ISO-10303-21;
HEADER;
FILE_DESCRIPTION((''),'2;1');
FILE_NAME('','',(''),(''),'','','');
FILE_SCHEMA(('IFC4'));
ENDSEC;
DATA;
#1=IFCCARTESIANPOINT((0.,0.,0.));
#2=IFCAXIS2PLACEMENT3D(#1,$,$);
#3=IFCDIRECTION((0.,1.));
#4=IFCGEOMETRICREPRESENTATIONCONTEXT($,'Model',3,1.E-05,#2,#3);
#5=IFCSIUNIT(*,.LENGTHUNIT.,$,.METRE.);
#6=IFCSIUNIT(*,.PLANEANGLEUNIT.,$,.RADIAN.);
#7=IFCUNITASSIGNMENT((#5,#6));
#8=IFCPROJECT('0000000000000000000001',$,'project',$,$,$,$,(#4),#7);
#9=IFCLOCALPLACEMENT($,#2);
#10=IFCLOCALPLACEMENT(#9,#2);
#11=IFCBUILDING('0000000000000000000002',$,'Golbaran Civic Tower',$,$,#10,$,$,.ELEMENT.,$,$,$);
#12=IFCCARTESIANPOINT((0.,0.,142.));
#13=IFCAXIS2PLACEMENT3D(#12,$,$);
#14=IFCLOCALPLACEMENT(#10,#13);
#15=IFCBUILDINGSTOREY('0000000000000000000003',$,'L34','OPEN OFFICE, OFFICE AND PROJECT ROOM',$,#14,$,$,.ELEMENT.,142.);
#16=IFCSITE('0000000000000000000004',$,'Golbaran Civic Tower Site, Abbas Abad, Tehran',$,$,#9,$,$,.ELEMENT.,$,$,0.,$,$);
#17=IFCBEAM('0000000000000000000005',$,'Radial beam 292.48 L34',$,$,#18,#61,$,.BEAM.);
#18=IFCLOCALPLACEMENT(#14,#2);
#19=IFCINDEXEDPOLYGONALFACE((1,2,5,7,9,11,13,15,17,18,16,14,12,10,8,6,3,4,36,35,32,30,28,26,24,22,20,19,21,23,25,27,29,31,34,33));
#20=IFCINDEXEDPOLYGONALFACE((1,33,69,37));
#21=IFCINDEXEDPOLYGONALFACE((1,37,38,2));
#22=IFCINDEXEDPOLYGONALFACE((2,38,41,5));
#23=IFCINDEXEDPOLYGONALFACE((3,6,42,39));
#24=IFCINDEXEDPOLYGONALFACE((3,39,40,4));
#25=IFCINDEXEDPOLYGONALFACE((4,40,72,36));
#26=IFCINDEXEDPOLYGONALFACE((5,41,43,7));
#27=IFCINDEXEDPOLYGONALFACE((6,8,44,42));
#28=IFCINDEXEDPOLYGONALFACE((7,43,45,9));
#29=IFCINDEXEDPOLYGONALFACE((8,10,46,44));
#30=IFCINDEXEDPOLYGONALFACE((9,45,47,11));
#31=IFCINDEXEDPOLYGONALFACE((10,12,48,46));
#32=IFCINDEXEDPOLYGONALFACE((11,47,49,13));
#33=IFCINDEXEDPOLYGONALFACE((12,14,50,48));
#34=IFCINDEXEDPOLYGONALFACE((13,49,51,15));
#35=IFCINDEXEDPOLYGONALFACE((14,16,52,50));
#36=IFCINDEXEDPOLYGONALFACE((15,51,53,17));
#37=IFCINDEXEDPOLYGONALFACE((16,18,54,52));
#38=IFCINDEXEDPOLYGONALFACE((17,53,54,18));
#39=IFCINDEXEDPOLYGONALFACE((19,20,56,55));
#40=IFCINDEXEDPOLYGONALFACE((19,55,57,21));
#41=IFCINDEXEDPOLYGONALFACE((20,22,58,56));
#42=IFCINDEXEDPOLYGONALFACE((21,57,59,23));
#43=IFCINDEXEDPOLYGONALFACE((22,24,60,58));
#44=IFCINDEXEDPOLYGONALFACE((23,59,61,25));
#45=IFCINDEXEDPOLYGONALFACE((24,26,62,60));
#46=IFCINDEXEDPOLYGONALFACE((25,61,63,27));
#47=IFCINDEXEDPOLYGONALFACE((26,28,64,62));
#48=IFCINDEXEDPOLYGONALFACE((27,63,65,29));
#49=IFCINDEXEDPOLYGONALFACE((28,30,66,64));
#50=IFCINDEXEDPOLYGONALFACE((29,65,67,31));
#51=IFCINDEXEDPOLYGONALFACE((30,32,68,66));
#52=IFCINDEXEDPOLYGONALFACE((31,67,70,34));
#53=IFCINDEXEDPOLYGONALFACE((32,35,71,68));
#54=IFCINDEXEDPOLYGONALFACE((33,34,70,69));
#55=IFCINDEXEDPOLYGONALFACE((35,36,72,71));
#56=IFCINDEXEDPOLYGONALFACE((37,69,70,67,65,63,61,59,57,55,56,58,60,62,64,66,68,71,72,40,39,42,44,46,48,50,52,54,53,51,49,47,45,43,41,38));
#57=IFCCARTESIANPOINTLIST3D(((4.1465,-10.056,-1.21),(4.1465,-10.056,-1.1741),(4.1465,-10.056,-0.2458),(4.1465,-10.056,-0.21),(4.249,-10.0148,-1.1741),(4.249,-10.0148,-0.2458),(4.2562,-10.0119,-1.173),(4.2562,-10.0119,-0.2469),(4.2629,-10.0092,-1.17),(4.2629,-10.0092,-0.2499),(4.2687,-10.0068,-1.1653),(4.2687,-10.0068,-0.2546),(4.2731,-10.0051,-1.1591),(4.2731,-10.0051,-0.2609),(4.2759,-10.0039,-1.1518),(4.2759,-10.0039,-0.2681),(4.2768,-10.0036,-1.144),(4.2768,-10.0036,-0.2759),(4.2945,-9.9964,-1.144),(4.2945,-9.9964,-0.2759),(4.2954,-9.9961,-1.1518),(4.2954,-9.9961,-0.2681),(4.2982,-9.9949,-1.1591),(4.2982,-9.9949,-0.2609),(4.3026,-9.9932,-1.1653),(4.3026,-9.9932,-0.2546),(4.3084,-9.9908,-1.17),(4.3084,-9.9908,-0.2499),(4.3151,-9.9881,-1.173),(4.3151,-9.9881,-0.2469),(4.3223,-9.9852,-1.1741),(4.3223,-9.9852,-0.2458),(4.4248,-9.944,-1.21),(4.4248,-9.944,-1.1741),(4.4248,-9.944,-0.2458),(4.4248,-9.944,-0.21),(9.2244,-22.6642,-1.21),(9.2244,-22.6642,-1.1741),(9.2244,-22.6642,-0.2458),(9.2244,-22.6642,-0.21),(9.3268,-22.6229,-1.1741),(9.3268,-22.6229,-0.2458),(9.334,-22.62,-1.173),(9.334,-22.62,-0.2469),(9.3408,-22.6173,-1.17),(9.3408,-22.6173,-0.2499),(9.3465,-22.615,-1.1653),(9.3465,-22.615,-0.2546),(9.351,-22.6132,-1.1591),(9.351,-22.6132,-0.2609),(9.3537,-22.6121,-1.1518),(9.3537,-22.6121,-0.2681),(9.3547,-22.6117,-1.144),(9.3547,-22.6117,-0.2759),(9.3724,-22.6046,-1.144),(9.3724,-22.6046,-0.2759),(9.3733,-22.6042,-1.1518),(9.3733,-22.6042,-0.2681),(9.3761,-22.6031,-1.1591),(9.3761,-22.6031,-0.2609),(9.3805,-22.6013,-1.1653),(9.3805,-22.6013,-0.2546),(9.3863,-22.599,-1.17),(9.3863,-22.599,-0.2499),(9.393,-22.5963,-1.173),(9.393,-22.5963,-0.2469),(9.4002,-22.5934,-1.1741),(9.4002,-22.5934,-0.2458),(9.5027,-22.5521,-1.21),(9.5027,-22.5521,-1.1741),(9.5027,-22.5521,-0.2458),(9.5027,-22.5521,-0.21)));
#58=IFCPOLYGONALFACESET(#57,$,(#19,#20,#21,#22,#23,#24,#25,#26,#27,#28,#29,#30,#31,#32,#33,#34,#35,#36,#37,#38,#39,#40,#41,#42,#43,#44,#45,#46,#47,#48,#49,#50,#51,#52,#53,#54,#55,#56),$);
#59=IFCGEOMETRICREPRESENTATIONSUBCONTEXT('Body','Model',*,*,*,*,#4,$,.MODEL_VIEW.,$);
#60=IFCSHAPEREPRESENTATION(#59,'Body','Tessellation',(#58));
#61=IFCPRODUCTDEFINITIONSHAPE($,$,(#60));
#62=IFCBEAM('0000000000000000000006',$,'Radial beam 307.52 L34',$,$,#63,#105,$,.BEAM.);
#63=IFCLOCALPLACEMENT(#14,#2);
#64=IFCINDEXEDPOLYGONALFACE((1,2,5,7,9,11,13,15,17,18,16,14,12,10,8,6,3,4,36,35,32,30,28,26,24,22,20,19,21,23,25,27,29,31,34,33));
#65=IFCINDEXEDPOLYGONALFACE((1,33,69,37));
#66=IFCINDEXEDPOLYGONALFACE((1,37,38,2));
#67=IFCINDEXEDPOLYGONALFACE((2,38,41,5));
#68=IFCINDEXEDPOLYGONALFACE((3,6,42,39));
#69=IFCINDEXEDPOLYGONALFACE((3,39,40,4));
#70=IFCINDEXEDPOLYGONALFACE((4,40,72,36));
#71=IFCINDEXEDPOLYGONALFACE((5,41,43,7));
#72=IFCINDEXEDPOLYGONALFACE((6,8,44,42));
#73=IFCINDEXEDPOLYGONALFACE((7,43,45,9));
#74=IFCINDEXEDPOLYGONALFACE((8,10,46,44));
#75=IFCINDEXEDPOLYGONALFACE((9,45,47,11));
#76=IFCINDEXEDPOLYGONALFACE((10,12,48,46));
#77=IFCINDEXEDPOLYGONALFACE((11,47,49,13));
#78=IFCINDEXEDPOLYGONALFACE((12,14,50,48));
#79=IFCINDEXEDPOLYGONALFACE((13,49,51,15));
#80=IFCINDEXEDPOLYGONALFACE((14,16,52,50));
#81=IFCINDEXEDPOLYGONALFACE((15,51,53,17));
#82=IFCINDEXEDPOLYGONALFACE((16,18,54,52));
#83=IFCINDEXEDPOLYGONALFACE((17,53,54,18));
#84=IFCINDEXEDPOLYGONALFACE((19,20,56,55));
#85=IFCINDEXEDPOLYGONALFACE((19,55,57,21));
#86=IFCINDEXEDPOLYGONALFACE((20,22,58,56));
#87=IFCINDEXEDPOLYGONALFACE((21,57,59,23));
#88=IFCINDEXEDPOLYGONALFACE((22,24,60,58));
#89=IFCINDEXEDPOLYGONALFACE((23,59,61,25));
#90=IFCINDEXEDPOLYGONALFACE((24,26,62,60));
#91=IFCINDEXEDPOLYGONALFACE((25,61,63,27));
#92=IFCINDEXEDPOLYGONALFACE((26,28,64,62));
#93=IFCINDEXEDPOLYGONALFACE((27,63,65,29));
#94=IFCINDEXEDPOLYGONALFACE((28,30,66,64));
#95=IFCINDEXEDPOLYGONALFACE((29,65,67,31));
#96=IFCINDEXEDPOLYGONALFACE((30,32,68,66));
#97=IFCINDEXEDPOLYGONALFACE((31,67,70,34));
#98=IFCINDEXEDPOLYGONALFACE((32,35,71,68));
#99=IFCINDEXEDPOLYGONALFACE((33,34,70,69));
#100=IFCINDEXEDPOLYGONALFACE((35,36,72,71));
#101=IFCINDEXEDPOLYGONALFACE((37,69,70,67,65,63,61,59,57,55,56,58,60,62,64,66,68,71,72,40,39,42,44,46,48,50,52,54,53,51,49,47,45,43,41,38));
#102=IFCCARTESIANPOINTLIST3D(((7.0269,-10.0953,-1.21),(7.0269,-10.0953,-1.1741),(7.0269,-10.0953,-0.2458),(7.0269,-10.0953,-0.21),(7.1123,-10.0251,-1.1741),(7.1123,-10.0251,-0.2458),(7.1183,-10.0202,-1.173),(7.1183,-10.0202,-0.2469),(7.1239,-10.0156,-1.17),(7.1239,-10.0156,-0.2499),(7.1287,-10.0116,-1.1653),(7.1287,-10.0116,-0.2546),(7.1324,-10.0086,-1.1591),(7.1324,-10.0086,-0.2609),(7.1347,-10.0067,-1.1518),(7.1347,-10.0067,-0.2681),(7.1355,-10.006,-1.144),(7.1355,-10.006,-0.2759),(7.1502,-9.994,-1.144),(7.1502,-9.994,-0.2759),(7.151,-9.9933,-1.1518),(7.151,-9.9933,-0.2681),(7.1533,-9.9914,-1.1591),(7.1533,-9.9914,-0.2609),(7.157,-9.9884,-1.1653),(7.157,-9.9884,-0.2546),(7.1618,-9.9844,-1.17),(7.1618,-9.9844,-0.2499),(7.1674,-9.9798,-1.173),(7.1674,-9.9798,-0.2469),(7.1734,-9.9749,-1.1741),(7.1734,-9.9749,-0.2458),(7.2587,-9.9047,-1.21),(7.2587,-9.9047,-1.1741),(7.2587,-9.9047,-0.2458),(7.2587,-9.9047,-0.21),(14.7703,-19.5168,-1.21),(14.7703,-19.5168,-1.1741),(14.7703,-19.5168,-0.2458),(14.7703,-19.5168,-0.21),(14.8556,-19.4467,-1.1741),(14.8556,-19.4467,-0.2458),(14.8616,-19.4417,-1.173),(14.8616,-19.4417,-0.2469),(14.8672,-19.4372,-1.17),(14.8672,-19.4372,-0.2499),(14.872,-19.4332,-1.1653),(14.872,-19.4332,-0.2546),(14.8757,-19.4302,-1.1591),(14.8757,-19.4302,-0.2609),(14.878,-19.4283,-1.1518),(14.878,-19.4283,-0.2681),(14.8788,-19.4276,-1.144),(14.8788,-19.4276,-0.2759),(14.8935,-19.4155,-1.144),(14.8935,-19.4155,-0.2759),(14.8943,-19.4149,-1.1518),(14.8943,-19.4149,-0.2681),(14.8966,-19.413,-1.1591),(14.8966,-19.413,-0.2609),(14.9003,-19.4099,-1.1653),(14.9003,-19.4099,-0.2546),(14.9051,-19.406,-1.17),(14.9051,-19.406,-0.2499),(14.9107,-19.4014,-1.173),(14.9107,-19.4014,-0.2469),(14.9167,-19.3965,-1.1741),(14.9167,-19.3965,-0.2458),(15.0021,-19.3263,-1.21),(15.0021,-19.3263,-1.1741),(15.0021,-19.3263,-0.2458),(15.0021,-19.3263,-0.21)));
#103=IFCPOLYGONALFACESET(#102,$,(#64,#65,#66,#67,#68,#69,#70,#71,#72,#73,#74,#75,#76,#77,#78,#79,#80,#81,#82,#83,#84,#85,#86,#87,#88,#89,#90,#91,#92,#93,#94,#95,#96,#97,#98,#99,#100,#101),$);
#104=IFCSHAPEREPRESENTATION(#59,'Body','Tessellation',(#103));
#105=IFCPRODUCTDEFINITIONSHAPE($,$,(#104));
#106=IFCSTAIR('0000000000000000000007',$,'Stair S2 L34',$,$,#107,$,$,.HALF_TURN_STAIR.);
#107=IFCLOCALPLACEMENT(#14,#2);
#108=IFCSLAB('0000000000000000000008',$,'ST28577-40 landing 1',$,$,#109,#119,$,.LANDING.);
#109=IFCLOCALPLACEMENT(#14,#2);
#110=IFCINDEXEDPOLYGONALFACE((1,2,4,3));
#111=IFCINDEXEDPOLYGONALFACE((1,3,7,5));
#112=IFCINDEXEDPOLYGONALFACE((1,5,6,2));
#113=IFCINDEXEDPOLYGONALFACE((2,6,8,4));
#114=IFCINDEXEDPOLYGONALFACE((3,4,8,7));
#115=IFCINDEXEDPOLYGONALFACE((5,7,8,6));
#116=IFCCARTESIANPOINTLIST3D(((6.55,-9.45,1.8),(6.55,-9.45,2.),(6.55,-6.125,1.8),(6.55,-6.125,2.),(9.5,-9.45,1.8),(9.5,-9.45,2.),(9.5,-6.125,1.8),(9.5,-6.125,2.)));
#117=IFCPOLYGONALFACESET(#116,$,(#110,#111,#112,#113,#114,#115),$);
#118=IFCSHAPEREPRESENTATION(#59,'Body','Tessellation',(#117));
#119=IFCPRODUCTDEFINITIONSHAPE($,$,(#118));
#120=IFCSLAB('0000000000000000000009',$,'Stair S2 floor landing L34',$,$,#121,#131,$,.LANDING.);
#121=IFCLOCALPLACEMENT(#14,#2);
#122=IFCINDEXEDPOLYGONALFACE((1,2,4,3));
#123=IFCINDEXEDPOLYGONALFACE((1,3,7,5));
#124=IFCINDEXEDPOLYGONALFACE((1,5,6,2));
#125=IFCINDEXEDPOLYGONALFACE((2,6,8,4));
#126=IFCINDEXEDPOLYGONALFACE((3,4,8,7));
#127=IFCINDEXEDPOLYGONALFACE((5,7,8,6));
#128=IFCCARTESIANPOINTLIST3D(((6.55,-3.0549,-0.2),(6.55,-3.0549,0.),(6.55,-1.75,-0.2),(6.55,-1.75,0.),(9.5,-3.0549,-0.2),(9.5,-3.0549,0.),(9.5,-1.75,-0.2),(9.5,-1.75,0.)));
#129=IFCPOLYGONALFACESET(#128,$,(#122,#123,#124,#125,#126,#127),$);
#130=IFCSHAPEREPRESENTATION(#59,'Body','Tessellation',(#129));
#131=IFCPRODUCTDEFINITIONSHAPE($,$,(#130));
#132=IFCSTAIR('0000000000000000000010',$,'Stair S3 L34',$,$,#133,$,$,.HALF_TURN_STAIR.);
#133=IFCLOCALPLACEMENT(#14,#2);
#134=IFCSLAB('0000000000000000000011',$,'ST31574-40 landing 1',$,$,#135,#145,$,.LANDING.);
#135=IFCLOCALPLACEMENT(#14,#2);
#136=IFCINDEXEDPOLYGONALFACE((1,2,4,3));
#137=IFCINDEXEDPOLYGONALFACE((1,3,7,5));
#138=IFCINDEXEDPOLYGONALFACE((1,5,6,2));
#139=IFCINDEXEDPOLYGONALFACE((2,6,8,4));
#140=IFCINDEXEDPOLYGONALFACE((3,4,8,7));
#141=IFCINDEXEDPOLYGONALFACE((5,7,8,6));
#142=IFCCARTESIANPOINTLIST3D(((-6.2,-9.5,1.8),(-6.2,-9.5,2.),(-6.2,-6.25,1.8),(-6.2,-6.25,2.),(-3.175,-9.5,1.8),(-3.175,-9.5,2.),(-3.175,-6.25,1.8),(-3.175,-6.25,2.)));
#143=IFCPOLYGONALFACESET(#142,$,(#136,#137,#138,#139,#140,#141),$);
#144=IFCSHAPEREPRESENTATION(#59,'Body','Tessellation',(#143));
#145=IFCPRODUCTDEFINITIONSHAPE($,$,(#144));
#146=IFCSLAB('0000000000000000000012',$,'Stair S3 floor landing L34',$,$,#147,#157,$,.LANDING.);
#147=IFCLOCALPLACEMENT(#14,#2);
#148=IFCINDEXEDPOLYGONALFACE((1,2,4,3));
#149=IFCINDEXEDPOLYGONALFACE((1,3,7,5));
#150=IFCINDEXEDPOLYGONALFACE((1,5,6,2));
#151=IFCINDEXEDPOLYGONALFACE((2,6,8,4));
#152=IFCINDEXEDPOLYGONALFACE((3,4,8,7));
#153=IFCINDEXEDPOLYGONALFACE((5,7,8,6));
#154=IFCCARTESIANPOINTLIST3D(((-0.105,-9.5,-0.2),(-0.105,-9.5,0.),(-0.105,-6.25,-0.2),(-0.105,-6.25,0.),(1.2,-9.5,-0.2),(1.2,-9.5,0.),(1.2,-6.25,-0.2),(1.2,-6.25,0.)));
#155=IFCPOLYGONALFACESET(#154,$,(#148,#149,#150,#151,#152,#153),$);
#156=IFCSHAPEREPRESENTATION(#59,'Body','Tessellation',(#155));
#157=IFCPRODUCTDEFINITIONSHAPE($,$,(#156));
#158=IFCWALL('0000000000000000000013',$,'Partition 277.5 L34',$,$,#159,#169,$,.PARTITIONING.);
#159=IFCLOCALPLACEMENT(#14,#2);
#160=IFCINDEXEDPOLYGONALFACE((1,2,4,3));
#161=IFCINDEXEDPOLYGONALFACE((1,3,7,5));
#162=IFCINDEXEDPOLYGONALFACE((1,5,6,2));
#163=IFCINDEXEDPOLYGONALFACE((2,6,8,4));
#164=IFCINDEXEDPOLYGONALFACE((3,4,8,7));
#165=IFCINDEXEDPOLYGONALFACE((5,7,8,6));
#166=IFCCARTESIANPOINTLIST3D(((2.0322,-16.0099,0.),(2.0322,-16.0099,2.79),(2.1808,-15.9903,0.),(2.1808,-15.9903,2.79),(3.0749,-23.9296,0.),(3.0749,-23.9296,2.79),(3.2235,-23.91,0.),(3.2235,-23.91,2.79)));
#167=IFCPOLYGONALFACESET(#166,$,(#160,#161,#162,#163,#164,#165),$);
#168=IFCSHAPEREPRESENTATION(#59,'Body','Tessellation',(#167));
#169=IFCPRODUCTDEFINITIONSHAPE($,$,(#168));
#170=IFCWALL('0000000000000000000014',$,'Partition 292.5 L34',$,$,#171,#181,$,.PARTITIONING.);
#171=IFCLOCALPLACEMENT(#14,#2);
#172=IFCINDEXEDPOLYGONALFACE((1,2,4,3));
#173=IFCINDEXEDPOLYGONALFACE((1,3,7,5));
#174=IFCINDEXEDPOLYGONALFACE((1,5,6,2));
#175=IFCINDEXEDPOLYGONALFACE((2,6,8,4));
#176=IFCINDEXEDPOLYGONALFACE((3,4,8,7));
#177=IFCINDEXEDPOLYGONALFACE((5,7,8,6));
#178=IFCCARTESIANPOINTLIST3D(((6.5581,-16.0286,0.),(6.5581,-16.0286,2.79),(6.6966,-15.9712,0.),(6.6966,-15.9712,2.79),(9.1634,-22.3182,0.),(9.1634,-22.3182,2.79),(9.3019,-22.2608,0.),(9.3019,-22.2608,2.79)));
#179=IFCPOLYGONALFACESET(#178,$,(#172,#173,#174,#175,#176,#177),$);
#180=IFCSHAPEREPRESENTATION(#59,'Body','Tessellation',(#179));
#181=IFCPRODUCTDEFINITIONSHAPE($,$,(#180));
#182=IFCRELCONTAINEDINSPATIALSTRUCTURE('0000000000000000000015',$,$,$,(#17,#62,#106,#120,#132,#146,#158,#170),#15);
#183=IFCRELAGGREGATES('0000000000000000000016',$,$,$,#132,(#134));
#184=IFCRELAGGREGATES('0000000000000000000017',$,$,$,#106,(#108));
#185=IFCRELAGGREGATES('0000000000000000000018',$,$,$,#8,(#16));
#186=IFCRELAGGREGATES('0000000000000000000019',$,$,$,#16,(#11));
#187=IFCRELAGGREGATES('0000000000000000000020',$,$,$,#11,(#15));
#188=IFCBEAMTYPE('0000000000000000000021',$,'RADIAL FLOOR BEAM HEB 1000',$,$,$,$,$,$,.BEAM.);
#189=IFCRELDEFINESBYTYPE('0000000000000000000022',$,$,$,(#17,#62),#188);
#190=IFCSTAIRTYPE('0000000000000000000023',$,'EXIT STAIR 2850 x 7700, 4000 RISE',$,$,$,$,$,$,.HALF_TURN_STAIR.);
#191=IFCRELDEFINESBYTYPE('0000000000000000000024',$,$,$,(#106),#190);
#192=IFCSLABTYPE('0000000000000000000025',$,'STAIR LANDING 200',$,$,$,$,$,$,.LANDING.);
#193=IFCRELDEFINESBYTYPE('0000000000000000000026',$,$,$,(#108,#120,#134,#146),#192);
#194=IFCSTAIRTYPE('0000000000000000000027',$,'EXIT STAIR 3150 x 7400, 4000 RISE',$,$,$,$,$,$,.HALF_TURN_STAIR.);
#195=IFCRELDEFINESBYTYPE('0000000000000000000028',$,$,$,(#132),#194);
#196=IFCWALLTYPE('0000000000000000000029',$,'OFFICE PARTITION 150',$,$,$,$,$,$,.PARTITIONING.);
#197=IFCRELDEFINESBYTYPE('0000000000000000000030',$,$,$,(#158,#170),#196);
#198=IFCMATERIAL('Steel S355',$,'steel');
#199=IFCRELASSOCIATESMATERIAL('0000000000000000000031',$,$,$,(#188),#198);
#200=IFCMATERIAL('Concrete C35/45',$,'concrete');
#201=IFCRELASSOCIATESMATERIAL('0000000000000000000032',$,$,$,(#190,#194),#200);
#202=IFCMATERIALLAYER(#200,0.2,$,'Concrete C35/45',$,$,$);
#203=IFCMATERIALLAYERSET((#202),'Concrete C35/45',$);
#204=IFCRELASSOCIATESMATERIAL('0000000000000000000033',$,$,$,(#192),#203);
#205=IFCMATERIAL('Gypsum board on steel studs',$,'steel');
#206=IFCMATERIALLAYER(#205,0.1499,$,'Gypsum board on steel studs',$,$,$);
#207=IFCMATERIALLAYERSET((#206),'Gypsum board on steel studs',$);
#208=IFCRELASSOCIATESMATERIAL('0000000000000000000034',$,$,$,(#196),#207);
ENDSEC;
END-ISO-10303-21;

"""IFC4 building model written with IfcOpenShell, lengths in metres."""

from ifc_helpers import new_model, si_unit, direction, frame, frame_2d, origin, origin_2d, place, context, subcontext, project, spatial, polyline, rectangle, i_section, outline, extrude, material, layer, layer_set, material_profile, profile_set, type_object, element, aggregate, save


model = new_model("IFC4")

# Units and contexts
model_context = context("Model", 3, precision=1e-05, world=origin(), true_north=direction((0.0, 1.0)))
body_context = subcontext(model_context, "Body", "Model", "MODEL_VIEW")
ifc_project = project(units=[si_unit("LENGTHUNIT", "METRE"), si_unit("PLANEANGLEUNIT", "RADIAN")], contexts=[model_context])

# Site, building, storey
site_placement = place(None, origin())
site = spatial("IfcSite", under=ifc_project, at=site_placement, Name="Golbaran Civic Tower Site, Abbas Abad, Tehran", CompositionType="ELEMENT", RefElevation=0.0)
building_placement = place(site_placement, origin())
building = spatial("IfcBuilding", under=site, at=building_placement, Name="Golbaran Civic Tower", CompositionType="ELEMENT")
storey_placement = place(building_placement, frame((0.0, 0.0, 142.0)))
storey = spatial("IfcBuildingStorey", under=building, at=storey_placement, Name="L34", Description="OPEN OFFICE, OFFICE AND PROJECT ROOM", CompositionType="ELEMENT", Elevation=142.0)

# Beams
ifc_material_1 = material(Name="Steel S355", Category="steel")
ifc_material_profile_1 = material_profile(ifc_material_1, i_section(OverallWidth=0.3, OverallDepth=1.0, WebThickness=0.019, FlangeThickness=0.0359, FilletRadius=0.03, at=origin_2d()), Name="HEB 1000")
ifc_profile_set_1 = profile_set([ifc_material_profile_1], Name="Steel S355")
beam_type_1 = type_object("IfcBeamType", Name="RADIAL FLOOR BEAM HEB 1000", PredefinedType="BEAM", material=ifc_profile_set_1)
beam_1_placement = place(storey_placement, frame((4.2856, -10.0, -0.71), z_axis=(0.373585, -0.927596, 0.0), x_axis=(0.927596, 0.373585, 0.0)))
element("IfcBeam", 1, at=beam_1_placement, inside=storey, type_object=beam_type_1, Name="Radial beam 292.48 L34", PredefinedType="BEAM", context=body_context, shape_type="SweptSolid", body=[
    extrude(i_section(OverallWidth=0.3, OverallDepth=1.0, WebThickness=0.019, FlangeThickness=0.0359, FilletRadius=0.03, at=origin_2d()), origin(), (0.0, 0.0, 1.0), 13.5923),
])
beam_2_placement = place(storey_placement, frame((7.1428, -10.0, -0.71), z_axis=(0.634946, -0.772557, 0.0), x_axis=(0.772557, 0.634946, 0.0)))
element("IfcBeam", 2, at=beam_2_placement, inside=storey, type_object=beam_type_1, Name="Radial beam 307.52 L34", PredefinedType="BEAM", context=body_context, shape_type="SweptSolid", body=[
    extrude(i_section(OverallWidth=0.3, OverallDepth=1.0, WebThickness=0.019, FlangeThickness=0.0359, FilletRadius=0.03, at=origin_2d()), origin(), (0.0, 0.0, 1.0), 12.1953),
])

# Stair, slab
ifc_material_2 = material(Name="Concrete C35/45", Category="concrete")
stair_type_1 = type_object("IfcStairType", Name="EXIT STAIR 2850 x 7700, 4000 RISE", PredefinedType="HALF_TURN_STAIR", material=ifc_material_2)
stair_1_placement = place(storey_placement, origin())
stair_1 = element("IfcStair", 3, at=stair_1_placement, inside=storey, type_object=stair_type_1, Name="Stair S2 L34", PredefinedType="HALF_TURN_STAIR")
ifc_layer_1 = layer(ifc_material_2, 0.2, Name="Concrete C35/45")
ifc_layer_set_1 = layer_set([ifc_layer_1], Name="Concrete C35/45")
slab_type = type_object("IfcSlabType", Name="STAIR LANDING 200", PredefinedType="LANDING", material=ifc_layer_set_1)
slab_1_placement = place(storey_placement, frame((0.0, 0.0, 1.8)))
slab_1 = element("IfcSlab", 4, at=slab_1_placement, type_object=slab_type, Name="ST28577-40 landing 1", PredefinedType="LANDING", context=body_context, shape_type="SweptSolid", body=[
    extrude(outline(polyline([(9.5, -6.125), (9.5, -9.45), (6.55, -9.45), (6.55, -6.125), (9.5, -6.125)])), origin(), (0.0, 0.0, 1.0), 0.2),
])

# Slab
slab_2_placement = place(storey_placement, frame((0.0, 0.0, -0.2)))
element("IfcSlab", 5, at=slab_2_placement, inside=storey, type_object=slab_type, Name="Stair S2 floor landing L34", PredefinedType="LANDING", context=body_context, shape_type="SweptSolid", body=[
    extrude(outline(polyline([(9.5, -1.75), (9.5, -3.0549), (6.55, -3.0549), (6.55, -1.75), (9.5, -1.75)])), origin(), (0.0, 0.0, 1.0), 0.2),
])

# Stair, slab
stair_type_2 = type_object("IfcStairType", Name="EXIT STAIR 3150 x 7400, 4000 RISE", PredefinedType="HALF_TURN_STAIR", material=ifc_material_2)
stair_2_placement = place(storey_placement, origin())
stair_2 = element("IfcStair", 6, at=stair_2_placement, inside=storey, type_object=stair_type_2, Name="Stair S3 L34", PredefinedType="HALF_TURN_STAIR")
slab_3_placement = place(storey_placement, frame((0.0, 0.0, 1.8)))
slab_3 = element("IfcSlab", 7, at=slab_3_placement, type_object=slab_type, Name="ST31574-40 landing 1", PredefinedType="LANDING", context=body_context, shape_type="SweptSolid", body=[
    extrude(outline(polyline([(-3.175, -9.5), (-6.2, -9.5), (-6.2, -6.25), (-3.175, -6.25), (-3.175, -9.5)])), origin(), (0.0, 0.0, 1.0), 0.2),
])
aggregate(stair_2, [slab_3])

# Slab
slab_4_placement = place(storey_placement, frame((0.0, 0.0, -0.2)))
element("IfcSlab", 8, at=slab_4_placement, inside=storey, type_object=slab_type, Name="Stair S3 floor landing L34", PredefinedType="LANDING", context=body_context, shape_type="SweptSolid", body=[
    extrude(outline(polyline([(1.2, -9.5), (-0.105, -9.5), (-0.105, -6.25), (1.2, -6.25), (1.2, -9.5)])), origin(), (0.0, 0.0, 1.0), 0.2),
])

# Walls
ifc_material_3 = material(Name="Gypsum board on steel studs", Category="steel")
ifc_layer_2 = layer(ifc_material_3, 0.1499, Name="Gypsum board on steel studs")
ifc_layer_set_2 = layer_set([ifc_layer_2], Name="Gypsum board on steel studs")
wall_type_1 = type_object("IfcWallType", Name="OFFICE PARTITION 150", PredefinedType="PARTITIONING", material=ifc_layer_set_2)
wall_1_placement = place(storey_placement, frame((2.1064, -16.0, 0.0), z_axis=(0.0, 0.0, 1.0), x_axis=(0.130536, -0.991444, 0.0)))
element("IfcWall", 9, at=wall_1_placement, inside=storey, type_object=wall_type_1, Name="Partition 277.5 L34", PredefinedType="PARTITIONING", context=body_context, shape_type="SweptSolid", body=[
    extrude(rectangle(XDim=7.988, YDim=0.1499, at=frame_2d((3.9941, 0.0))), origin(), (0.0, 0.0, 1.0), 2.79),
])
wall_2_placement = place(storey_placement, frame((6.6274, -16.0, 0.0), z_axis=(0.0, 0.0, 1.0), x_axis=(0.382684, -0.923879, 0.0)))
element("IfcWall", 10, at=wall_2_placement, inside=storey, type_object=wall_type_1, Name="Partition 292.5 L34", PredefinedType="PARTITIONING", context=body_context, shape_type="SweptSolid", body=[
    extrude(rectangle(XDim=6.8079, YDim=0.1499, at=frame_2d((3.4038, 0.0))), origin(), (0.0, 0.0, 1.0), 2.79),
])

aggregate(stair_1, [slab_1])

save(model, "model.ifc")
